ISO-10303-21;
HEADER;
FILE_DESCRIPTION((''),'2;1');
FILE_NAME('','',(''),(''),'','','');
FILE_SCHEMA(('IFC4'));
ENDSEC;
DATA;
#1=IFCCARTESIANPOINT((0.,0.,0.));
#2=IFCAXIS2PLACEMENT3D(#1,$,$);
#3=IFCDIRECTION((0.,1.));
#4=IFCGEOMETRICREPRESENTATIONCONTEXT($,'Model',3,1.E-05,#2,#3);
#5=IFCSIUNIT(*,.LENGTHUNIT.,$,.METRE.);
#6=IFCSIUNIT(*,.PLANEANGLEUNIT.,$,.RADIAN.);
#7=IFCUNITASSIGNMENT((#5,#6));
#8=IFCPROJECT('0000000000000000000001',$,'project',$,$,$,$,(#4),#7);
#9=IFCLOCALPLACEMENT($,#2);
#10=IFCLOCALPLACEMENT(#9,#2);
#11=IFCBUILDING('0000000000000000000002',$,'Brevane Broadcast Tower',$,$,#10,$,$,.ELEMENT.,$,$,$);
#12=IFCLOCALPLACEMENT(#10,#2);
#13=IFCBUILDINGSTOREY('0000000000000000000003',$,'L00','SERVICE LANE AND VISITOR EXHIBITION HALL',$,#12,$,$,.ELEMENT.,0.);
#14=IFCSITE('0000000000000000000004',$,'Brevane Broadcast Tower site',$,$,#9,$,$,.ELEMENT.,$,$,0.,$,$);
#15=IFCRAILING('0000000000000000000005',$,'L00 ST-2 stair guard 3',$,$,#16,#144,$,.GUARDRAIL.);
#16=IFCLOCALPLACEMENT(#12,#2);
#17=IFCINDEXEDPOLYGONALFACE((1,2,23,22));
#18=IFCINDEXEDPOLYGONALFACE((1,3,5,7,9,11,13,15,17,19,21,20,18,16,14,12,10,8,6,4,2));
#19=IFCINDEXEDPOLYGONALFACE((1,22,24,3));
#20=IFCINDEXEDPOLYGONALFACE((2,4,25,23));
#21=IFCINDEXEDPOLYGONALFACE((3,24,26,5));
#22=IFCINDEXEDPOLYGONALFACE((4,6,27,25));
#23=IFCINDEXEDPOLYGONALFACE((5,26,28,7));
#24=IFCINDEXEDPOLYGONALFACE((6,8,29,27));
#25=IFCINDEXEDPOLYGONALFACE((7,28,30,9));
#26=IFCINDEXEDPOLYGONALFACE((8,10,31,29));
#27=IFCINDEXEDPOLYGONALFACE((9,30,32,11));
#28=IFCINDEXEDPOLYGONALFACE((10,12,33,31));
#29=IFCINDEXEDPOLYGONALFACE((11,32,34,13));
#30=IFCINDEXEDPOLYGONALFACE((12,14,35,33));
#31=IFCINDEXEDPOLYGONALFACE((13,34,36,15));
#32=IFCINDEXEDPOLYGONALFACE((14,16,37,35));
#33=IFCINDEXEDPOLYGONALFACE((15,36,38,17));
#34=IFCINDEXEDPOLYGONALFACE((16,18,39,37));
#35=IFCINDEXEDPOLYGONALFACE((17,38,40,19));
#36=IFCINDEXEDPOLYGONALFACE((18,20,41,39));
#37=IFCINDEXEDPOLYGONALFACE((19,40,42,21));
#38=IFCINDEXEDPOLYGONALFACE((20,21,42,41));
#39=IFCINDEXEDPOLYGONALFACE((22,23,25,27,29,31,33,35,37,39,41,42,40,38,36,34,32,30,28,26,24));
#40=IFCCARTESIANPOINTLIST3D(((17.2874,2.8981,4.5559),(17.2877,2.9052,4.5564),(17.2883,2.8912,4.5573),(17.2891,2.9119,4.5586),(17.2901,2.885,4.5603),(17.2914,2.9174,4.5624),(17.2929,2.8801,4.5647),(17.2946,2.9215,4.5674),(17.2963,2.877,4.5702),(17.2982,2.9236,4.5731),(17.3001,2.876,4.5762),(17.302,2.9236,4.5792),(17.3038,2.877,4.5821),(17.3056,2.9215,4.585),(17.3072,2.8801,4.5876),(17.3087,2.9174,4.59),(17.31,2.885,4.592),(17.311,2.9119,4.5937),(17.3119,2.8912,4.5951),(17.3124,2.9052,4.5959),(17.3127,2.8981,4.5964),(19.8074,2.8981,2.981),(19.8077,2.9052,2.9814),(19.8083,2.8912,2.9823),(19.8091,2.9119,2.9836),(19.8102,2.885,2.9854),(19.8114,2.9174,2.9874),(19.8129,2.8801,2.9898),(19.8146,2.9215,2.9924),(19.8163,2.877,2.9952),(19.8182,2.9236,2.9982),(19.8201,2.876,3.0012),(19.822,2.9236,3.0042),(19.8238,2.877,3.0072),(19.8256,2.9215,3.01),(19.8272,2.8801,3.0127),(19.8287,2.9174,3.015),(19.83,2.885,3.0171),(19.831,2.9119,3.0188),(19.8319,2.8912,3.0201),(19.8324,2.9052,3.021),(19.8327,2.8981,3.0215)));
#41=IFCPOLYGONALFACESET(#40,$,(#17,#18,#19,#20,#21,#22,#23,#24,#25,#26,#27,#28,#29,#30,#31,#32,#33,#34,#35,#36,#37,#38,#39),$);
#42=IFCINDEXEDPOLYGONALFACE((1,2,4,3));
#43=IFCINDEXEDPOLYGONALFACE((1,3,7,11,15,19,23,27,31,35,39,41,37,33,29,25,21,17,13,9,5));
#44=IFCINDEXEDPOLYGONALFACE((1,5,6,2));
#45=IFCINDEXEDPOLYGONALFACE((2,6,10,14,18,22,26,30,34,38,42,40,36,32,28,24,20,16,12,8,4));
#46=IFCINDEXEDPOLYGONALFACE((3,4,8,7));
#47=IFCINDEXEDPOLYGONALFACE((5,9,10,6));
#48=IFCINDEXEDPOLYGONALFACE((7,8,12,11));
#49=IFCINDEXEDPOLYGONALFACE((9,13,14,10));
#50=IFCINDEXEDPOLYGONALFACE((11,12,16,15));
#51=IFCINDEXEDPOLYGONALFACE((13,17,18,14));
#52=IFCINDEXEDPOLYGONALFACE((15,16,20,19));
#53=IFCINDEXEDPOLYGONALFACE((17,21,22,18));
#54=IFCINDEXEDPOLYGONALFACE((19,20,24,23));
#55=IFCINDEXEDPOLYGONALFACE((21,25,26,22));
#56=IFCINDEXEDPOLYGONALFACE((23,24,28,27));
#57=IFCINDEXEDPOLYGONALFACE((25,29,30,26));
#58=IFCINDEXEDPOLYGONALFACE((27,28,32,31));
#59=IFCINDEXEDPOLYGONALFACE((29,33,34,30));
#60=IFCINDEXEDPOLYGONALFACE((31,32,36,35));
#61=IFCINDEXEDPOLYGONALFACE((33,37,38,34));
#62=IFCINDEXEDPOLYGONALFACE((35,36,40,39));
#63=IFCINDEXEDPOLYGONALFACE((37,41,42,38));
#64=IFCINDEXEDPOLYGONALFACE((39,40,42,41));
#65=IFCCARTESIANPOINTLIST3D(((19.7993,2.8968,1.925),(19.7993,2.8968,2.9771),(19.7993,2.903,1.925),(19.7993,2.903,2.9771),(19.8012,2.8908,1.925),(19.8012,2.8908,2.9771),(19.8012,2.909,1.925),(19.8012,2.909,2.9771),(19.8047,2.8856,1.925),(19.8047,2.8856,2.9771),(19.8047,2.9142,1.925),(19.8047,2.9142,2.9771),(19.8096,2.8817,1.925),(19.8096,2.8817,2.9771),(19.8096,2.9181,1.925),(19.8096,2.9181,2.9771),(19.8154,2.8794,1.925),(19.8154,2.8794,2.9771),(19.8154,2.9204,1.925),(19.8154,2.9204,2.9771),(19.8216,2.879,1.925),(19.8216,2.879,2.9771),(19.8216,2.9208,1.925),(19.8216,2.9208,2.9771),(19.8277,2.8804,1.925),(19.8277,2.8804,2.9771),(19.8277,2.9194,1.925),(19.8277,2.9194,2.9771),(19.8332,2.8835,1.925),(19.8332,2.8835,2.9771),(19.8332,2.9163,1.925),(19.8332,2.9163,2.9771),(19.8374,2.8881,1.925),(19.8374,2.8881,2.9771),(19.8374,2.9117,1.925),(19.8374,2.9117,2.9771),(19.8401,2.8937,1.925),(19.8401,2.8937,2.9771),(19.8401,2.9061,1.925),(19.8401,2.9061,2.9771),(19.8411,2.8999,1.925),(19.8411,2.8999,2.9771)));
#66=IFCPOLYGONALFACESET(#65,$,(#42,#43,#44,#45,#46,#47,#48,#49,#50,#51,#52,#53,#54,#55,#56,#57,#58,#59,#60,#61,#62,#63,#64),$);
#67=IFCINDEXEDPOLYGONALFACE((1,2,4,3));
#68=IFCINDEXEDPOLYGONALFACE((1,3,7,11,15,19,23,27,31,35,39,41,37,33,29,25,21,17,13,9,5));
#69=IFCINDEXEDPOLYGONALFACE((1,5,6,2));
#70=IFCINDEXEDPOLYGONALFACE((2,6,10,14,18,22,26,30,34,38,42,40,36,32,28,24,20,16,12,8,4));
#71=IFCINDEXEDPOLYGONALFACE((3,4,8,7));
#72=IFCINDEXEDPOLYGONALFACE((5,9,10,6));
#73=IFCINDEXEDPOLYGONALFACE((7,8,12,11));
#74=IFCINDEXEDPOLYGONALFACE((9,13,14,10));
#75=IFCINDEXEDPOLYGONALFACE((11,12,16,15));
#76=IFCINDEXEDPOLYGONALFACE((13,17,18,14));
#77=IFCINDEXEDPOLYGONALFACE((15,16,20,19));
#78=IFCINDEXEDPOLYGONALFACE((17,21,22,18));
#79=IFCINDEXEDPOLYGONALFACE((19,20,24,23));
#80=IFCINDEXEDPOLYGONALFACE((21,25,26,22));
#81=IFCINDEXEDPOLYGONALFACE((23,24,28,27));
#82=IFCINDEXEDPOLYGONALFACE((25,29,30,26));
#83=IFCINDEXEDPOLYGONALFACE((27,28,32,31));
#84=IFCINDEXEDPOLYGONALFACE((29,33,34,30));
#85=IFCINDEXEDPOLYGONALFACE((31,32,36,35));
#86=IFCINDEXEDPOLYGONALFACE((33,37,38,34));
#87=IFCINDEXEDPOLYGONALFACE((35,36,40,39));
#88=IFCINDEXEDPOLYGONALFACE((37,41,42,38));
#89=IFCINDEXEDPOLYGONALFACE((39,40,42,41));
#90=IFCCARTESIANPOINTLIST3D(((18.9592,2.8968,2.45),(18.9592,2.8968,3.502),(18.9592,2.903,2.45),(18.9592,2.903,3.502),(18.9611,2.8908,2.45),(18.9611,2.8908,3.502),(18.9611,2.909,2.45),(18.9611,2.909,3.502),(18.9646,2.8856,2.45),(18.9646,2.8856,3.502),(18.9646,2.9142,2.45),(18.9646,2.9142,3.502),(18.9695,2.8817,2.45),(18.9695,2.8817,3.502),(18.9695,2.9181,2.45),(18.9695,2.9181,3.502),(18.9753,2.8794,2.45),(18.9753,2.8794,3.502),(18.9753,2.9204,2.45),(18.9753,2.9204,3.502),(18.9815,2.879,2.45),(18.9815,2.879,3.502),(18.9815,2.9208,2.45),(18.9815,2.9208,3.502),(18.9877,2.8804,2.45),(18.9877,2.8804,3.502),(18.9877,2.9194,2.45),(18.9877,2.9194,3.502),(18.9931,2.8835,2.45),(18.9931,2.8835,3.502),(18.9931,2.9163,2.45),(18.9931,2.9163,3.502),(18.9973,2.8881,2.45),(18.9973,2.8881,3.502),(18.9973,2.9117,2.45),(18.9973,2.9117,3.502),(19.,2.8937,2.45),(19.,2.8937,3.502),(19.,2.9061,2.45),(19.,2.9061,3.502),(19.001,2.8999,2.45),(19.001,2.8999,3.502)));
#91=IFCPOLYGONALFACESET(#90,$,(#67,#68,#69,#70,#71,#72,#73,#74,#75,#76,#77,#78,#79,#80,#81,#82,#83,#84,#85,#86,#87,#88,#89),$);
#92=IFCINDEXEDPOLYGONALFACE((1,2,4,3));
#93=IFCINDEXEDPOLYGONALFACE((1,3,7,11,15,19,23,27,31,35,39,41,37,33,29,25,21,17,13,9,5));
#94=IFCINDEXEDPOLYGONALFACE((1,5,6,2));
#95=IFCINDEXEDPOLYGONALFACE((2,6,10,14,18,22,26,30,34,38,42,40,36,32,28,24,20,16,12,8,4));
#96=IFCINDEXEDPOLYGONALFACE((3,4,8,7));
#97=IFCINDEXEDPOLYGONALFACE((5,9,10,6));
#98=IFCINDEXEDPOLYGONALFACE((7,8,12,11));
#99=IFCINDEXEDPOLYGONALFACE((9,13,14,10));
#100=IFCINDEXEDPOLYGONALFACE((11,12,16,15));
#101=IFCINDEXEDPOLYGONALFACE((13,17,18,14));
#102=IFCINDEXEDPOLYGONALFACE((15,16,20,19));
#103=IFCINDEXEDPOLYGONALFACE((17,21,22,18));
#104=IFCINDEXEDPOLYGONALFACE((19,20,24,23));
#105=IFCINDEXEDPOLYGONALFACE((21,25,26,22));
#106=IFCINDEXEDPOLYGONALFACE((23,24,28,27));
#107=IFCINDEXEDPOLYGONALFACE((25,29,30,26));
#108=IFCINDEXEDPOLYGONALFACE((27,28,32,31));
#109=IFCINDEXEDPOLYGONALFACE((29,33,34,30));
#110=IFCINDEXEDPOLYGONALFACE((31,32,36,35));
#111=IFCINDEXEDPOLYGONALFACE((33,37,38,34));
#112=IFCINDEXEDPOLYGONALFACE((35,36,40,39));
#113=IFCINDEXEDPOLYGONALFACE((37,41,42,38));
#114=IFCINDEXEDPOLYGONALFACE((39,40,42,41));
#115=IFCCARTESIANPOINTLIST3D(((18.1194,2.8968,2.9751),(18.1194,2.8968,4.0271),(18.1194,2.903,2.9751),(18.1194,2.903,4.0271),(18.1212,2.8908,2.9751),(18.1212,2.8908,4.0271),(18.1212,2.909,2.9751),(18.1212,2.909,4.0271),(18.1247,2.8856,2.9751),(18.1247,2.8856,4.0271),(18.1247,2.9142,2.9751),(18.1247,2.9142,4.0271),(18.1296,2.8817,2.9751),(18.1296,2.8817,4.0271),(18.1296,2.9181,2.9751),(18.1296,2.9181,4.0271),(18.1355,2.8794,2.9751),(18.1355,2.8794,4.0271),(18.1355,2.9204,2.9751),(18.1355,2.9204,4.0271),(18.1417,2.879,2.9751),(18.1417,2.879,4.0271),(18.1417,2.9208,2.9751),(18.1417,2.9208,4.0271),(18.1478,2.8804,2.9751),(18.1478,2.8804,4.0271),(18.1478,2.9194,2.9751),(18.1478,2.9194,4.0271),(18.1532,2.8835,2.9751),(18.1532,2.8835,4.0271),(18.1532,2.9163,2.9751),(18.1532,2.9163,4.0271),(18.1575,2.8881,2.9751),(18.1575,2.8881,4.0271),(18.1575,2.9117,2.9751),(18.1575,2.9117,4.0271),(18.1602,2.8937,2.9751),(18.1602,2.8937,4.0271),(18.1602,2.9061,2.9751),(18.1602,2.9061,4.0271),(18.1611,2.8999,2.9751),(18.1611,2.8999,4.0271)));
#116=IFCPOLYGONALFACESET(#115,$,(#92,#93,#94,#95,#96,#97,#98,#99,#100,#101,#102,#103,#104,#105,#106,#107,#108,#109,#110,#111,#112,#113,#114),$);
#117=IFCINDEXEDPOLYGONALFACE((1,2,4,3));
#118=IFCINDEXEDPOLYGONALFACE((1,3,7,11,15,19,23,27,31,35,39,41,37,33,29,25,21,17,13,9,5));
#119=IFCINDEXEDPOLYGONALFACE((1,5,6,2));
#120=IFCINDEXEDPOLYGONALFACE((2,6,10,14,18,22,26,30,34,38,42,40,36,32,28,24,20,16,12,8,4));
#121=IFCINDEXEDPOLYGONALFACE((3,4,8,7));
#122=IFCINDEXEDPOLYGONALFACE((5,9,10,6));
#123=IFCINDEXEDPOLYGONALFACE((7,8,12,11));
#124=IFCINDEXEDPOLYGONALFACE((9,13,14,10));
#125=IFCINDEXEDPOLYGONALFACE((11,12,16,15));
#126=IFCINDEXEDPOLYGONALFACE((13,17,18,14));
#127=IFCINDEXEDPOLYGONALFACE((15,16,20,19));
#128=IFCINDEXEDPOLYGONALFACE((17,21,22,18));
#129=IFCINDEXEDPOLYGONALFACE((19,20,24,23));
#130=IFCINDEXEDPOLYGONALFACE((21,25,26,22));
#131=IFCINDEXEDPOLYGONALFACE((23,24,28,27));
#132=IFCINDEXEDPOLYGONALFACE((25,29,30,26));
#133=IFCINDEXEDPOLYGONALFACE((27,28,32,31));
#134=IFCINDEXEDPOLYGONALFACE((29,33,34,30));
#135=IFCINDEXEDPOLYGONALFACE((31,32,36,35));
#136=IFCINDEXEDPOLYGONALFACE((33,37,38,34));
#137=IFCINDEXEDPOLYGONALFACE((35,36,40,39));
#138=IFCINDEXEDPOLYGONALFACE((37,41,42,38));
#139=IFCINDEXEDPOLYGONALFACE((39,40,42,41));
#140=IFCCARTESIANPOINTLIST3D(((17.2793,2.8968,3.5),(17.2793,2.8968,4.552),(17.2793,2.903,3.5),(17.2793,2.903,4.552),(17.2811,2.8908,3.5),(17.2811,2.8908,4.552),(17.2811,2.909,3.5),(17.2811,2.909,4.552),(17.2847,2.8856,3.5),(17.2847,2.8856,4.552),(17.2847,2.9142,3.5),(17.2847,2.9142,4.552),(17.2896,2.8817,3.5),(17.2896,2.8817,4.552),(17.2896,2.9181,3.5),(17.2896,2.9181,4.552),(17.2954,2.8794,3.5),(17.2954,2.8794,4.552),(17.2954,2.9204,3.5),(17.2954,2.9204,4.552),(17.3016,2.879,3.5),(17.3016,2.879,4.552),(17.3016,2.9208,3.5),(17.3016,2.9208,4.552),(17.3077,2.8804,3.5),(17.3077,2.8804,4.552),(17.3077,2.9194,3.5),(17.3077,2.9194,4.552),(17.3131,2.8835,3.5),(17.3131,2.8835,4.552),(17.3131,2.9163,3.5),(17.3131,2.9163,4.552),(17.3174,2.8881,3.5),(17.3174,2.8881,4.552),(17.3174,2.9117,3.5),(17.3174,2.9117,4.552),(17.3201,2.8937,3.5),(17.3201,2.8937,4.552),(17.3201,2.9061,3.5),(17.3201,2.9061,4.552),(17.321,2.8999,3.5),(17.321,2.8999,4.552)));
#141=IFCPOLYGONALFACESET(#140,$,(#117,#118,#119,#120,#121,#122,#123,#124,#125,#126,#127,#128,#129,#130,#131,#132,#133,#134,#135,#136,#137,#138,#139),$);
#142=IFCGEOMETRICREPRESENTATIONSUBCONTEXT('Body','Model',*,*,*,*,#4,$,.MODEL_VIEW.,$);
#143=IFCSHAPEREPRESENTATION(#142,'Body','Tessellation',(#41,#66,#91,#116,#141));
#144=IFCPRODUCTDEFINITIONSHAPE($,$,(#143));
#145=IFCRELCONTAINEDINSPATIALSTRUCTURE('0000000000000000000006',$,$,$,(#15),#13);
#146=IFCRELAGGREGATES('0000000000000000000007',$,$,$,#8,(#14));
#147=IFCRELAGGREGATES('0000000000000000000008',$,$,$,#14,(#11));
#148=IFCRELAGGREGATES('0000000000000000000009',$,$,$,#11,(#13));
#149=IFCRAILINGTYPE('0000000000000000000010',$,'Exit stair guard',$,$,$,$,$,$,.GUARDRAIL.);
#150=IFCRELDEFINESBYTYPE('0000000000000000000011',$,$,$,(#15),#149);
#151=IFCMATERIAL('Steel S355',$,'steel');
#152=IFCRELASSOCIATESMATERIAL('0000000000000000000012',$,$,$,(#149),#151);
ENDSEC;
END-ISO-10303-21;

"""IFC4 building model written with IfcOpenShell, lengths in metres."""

from ifc_helpers import new_model, si_unit, direction, frame, origin, origin_2d, place, context, subcontext, project, spatial, circle, extrude, material, type_object, element, save


model = new_model("IFC4")

# Units and contexts
model_context = context("Model", 3, precision=1e-05, world=origin(), true_north=direction((0.0, 1.0)))
body_context = subcontext(model_context, "Body", "Model", "MODEL_VIEW")
ifc_project = project(units=[si_unit("LENGTHUNIT", "METRE"), si_unit("PLANEANGLEUNIT", "RADIAN")], contexts=[model_context])

# Site, building, storey
site_placement = place(None, origin())
site = spatial("IfcSite", under=ifc_project, at=site_placement, Name="Brevane Broadcast Tower site", CompositionType="ELEMENT", RefElevation=0.0)
building_placement = place(site_placement, origin())
building = spatial("IfcBuilding", under=site, at=building_placement, Name="Brevane Broadcast Tower", CompositionType="ELEMENT")
storey_placement = place(building_placement, origin())
storey = spatial("IfcBuildingStorey", under=building, at=storey_placement, Name="L00", Description="SERVICE LANE AND VISITOR EXHIBITION HALL", CompositionType="ELEMENT", Elevation=0.0)

# Railing
ifc_material_1 = material(Name="Steel S355", Category="steel")
railing_type_1 = type_object("IfcRailingType", Name="Exit stair guard", PredefinedType="GUARDRAIL", material=ifc_material_1)
for number, where, name in (
    (1, (19.8201, 2.8999, 1.925), "L00 ST-2 stair guard 3"),
):
    element("IfcRailing", number, at=place(storey_placement, frame(where)), inside=storey, type_object=railing_type_1, Name=name, PredefinedType="GUARDRAIL", context=body_context, shape_type="SweptSolid", body=[
        extrude(circle(Radius=0.0239, at=origin_2d()), frame((0.0, 0.0, 1.0762), z_axis=(-0.848008, 0.0, 0.529984), x_axis=(0.0, -1.0, 0.0)), (0.0, 0.0, 1.0), 2.9717),
        extrude(circle(Radius=0.021, at=origin_2d()), origin(), (0.0, 0.0, 1.0), 1.052),
        extrude(circle(Radius=0.021, at=origin_2d()), frame((-0.8401, 0.0, 0.5249)), (0.0, 0.0, 1.0), 1.052),
        extrude(circle(Radius=0.021, at=origin_2d()), frame((-1.6799, 0.0, 1.05)), (0.0, 0.0, 1.0), 1.052),
        extrude(circle(Radius=0.021, at=origin_2d()), frame((-2.52, 0.0, 1.575)), (0.0, 0.0, 1.0), 1.052),
    ])

save(model, "model.ifc")
